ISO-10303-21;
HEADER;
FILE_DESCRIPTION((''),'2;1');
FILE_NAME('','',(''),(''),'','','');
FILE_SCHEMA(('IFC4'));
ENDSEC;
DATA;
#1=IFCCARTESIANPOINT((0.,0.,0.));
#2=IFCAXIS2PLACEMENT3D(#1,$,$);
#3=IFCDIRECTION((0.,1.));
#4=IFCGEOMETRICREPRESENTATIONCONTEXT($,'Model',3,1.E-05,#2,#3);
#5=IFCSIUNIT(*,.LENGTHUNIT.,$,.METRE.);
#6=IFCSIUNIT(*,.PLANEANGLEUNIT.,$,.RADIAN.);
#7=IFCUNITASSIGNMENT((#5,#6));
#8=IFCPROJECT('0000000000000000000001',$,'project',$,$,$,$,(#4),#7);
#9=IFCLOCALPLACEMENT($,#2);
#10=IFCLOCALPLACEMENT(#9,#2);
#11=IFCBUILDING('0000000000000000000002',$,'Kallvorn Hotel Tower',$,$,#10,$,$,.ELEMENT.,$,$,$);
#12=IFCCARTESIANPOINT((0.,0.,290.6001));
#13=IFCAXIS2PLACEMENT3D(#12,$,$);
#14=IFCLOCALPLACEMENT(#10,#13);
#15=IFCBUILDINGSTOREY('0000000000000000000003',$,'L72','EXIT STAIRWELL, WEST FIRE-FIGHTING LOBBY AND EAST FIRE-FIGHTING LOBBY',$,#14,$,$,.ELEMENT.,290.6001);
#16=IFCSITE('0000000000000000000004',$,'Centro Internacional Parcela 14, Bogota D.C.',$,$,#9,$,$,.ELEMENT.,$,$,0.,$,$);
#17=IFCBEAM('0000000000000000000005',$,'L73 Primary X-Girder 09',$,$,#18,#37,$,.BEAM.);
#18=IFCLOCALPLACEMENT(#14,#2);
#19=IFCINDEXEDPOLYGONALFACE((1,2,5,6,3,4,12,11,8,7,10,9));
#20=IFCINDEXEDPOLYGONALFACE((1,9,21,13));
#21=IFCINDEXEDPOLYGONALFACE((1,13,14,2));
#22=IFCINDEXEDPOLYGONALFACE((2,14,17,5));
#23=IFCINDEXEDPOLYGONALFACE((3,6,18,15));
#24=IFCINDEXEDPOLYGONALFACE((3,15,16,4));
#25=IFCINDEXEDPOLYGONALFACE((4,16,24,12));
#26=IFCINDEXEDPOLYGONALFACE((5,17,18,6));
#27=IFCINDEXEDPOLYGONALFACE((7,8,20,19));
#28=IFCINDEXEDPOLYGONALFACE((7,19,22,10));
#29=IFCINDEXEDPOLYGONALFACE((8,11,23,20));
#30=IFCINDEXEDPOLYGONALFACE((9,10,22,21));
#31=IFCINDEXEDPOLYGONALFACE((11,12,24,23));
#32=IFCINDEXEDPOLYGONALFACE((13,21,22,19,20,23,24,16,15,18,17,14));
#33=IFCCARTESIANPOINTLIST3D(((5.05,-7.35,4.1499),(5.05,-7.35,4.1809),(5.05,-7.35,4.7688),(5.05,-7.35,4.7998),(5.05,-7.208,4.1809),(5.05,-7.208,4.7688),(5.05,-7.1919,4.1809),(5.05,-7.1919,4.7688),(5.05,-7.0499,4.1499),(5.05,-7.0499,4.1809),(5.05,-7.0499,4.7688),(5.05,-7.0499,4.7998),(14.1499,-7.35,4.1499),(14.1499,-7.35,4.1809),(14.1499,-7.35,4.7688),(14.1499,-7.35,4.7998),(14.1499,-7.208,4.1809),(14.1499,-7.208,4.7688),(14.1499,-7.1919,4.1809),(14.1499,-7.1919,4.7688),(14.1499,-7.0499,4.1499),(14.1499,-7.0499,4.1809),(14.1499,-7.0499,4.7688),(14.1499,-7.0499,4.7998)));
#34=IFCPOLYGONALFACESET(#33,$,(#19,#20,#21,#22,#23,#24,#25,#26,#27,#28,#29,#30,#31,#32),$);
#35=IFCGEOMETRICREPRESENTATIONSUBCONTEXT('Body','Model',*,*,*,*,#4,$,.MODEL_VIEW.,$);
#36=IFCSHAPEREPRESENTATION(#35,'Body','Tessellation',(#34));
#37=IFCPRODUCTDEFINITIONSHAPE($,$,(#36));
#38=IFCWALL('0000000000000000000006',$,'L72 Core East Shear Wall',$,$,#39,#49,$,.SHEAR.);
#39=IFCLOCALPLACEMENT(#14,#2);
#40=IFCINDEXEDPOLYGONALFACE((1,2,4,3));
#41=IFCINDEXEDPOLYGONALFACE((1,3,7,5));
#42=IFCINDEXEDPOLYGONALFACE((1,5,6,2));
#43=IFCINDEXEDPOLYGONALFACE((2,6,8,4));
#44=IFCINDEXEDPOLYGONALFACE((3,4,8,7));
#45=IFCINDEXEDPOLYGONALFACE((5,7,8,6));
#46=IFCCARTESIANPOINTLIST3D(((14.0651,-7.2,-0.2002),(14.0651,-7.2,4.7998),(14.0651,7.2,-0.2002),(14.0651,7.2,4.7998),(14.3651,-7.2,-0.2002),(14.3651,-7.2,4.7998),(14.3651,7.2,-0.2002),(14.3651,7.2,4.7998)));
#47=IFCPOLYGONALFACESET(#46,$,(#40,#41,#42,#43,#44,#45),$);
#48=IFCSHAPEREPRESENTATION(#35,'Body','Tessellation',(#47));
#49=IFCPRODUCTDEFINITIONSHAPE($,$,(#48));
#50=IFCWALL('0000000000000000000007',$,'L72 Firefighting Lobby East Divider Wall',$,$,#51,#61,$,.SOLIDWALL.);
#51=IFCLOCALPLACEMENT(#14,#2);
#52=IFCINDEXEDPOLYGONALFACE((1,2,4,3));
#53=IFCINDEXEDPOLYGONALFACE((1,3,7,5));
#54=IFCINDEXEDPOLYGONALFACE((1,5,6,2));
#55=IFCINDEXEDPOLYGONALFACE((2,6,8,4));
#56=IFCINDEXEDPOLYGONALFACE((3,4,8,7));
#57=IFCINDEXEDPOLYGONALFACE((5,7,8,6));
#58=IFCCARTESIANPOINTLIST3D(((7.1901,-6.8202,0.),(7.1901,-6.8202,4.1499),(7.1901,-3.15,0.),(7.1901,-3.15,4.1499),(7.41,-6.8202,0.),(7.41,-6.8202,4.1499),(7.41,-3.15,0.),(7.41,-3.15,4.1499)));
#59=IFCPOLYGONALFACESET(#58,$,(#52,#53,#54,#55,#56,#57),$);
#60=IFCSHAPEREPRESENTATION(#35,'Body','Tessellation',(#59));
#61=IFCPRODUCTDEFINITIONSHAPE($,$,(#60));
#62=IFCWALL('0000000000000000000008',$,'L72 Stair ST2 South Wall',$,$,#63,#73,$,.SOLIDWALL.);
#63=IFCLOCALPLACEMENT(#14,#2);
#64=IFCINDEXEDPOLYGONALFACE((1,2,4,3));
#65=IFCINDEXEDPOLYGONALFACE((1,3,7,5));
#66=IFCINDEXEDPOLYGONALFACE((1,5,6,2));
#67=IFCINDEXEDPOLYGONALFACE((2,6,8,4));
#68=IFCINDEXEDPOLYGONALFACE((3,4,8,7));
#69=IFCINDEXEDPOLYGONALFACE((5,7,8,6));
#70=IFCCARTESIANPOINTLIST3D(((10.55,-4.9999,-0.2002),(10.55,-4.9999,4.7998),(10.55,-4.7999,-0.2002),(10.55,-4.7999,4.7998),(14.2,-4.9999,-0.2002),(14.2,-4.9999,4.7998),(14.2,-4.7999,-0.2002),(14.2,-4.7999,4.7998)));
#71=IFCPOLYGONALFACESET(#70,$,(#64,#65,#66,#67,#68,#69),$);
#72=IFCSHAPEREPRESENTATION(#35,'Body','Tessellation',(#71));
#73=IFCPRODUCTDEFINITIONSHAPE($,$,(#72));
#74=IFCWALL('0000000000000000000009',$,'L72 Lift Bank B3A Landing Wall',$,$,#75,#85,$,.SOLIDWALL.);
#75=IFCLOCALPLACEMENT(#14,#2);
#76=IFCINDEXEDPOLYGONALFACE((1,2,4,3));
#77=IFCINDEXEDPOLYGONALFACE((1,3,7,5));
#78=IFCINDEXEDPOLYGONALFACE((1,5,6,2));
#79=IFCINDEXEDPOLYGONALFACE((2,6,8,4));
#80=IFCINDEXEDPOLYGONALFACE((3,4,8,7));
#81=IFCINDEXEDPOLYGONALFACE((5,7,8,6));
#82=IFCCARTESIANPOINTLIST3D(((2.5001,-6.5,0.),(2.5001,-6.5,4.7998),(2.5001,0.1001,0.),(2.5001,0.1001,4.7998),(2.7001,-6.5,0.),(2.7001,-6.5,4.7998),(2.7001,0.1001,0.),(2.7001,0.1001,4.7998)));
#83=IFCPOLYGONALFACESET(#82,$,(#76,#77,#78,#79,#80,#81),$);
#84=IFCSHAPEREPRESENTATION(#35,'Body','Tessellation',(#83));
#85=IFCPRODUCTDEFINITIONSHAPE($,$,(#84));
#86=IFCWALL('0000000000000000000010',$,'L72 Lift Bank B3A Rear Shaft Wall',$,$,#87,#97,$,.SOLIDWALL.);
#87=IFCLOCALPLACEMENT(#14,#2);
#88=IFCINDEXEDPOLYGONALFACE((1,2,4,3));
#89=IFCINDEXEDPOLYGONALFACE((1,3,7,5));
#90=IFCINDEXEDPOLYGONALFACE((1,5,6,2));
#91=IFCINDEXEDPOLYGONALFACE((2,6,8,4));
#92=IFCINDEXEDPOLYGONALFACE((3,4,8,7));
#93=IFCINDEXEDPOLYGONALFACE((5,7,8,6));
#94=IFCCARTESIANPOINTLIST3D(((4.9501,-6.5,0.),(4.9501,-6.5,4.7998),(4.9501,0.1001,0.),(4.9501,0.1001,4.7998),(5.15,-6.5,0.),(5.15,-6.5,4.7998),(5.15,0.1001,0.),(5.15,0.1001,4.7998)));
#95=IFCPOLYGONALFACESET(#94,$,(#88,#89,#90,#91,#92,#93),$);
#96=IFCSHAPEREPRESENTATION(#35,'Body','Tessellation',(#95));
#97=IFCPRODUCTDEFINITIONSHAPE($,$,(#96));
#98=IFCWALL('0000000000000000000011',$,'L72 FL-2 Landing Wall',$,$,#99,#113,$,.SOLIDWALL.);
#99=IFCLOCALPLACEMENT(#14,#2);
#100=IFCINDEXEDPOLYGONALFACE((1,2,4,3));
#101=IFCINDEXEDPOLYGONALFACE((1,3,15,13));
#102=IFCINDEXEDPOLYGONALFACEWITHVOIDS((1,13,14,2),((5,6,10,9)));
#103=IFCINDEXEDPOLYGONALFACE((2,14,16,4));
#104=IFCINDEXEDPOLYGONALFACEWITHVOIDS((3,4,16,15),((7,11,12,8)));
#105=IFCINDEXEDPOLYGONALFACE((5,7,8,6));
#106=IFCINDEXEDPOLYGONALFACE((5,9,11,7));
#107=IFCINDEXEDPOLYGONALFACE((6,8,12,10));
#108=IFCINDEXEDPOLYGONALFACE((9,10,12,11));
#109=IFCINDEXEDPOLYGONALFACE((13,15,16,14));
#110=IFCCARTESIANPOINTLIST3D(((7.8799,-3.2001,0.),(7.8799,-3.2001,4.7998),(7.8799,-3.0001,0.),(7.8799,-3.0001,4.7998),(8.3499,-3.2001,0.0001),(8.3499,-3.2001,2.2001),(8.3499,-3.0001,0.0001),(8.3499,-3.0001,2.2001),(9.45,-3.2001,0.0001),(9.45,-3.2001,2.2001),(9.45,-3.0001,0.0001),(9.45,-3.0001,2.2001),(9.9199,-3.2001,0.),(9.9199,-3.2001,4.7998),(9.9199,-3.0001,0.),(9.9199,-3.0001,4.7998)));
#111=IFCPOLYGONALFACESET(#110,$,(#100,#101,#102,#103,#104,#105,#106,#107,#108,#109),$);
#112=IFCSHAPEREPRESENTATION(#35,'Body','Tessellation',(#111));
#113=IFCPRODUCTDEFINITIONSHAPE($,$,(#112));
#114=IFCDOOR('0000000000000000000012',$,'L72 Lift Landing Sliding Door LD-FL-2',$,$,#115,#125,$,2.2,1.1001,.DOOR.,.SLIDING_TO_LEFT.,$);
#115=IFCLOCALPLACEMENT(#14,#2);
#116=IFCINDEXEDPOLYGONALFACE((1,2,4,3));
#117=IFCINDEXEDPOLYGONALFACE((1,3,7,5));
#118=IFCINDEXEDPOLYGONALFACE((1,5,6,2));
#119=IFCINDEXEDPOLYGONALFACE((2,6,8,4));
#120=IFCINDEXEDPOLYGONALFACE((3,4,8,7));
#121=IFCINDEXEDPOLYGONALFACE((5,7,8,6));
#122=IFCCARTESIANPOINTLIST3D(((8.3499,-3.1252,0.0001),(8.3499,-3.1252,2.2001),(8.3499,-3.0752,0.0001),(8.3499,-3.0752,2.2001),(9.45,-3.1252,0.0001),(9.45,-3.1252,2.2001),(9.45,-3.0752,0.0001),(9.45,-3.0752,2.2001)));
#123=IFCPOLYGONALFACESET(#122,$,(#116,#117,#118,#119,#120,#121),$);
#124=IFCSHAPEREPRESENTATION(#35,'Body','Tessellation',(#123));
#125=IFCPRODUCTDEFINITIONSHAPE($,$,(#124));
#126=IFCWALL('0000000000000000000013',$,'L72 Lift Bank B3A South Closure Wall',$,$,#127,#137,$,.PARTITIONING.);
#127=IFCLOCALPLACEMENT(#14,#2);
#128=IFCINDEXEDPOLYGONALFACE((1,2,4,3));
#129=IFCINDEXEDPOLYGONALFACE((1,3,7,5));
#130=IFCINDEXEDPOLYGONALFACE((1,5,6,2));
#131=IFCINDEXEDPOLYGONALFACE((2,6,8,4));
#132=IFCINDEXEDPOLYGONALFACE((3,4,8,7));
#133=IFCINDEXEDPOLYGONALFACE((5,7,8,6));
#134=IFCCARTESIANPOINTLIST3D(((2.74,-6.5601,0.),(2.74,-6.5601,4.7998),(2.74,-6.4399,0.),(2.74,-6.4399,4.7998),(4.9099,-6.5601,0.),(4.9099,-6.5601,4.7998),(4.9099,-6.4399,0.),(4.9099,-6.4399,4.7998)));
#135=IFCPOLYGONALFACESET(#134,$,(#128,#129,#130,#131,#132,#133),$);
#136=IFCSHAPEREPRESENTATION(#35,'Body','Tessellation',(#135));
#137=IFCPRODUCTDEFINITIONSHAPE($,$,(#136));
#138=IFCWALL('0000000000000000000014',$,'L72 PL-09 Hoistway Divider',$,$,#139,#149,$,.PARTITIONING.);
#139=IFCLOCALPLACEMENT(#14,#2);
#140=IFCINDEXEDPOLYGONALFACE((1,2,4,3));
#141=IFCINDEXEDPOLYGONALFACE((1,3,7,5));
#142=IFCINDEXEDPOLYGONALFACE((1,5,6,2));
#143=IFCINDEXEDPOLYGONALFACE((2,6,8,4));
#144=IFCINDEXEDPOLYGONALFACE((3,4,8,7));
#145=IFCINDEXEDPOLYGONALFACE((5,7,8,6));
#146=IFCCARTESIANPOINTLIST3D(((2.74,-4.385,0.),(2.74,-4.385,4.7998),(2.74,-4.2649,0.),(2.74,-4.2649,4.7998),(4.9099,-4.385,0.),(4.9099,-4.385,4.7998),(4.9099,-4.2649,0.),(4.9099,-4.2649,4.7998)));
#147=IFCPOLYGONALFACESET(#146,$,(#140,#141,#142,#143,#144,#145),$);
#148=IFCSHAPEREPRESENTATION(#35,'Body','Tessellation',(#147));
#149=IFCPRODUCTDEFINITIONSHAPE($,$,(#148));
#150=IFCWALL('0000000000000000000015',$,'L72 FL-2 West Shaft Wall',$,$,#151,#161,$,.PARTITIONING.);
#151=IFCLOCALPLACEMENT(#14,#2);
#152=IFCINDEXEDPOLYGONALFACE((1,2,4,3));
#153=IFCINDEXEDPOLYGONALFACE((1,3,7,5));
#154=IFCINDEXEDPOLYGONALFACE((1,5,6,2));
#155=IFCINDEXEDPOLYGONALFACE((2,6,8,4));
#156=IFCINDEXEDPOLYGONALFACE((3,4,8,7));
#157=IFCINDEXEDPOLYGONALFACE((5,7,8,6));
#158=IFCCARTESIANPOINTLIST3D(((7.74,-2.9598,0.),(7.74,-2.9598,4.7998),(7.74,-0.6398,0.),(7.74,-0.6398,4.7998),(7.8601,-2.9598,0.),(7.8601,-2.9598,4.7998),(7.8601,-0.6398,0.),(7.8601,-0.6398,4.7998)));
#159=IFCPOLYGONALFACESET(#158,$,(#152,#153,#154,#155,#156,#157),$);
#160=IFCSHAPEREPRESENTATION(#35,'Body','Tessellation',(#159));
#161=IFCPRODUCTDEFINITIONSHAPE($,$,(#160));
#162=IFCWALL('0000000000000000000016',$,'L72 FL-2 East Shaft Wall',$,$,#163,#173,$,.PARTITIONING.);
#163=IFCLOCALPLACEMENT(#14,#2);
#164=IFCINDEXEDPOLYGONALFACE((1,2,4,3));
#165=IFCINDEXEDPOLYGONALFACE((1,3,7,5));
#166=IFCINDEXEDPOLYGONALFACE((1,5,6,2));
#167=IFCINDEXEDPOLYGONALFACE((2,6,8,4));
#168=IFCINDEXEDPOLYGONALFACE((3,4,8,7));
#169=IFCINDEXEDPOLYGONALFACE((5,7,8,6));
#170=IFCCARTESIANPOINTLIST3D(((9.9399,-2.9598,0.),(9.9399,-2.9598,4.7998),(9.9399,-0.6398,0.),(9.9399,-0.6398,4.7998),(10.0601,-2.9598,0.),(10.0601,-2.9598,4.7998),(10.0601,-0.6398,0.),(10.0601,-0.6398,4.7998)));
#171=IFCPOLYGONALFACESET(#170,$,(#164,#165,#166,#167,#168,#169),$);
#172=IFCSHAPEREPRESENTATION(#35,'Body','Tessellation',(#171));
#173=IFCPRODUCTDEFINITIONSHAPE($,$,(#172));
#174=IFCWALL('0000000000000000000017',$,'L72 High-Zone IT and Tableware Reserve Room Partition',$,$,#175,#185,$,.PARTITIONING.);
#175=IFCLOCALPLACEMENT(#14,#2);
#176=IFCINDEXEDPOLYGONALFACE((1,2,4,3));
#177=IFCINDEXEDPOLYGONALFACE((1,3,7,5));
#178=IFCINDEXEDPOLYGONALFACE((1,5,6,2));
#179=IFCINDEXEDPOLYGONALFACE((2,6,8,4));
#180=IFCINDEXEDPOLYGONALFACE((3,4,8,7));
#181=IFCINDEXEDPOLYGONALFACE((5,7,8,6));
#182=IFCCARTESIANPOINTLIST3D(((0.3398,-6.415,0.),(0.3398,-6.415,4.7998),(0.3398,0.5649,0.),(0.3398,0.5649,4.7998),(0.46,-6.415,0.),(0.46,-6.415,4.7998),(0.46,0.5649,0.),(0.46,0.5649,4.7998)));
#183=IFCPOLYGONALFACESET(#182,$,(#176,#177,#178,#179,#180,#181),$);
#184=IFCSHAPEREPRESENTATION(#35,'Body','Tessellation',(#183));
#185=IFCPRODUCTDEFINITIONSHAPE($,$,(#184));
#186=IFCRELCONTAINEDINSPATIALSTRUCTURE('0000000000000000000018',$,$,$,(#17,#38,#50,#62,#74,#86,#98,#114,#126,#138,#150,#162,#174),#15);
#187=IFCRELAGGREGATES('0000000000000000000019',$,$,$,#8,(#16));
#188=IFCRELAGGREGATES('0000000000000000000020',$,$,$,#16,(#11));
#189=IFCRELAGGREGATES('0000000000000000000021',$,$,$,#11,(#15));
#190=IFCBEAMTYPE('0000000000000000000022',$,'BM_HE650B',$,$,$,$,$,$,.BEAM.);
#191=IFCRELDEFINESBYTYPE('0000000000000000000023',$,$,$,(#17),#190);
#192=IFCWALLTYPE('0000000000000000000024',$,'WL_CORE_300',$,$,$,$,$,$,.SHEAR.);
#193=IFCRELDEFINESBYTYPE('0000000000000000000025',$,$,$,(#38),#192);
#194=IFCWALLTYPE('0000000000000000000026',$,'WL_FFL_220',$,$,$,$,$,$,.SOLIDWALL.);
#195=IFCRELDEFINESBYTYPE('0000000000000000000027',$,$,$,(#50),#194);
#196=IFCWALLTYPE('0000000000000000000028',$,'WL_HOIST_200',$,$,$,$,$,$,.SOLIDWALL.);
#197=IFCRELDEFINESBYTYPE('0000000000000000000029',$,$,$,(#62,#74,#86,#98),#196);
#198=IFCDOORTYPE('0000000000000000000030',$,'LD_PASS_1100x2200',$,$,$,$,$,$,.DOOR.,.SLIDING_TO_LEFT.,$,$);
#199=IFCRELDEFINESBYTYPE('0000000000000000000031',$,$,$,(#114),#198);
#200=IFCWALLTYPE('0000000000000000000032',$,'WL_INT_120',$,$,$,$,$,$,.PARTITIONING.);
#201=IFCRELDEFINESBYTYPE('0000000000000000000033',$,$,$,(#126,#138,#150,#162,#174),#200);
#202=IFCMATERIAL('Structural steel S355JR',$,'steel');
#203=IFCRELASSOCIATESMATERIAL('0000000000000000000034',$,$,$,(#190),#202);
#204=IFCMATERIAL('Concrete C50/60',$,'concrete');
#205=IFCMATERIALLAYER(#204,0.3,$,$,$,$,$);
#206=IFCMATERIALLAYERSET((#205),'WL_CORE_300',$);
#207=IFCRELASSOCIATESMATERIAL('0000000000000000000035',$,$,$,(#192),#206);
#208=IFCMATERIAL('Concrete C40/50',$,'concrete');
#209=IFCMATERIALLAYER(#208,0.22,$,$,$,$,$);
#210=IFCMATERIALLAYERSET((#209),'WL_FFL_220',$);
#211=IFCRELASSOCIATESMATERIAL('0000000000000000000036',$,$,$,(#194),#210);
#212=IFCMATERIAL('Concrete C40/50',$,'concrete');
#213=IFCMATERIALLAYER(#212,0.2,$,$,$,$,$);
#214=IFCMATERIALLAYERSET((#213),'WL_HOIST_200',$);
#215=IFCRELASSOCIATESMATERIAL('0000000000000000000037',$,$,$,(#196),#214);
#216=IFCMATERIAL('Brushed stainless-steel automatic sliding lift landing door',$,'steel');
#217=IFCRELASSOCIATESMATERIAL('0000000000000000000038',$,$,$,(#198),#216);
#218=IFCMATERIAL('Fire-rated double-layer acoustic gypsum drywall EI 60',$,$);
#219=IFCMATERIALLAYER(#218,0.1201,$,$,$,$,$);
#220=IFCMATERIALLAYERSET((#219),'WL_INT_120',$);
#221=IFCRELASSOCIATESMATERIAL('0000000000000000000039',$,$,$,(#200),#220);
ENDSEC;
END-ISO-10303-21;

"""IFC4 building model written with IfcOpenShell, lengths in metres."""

from ifc_helpers import new_model, si_unit, direction, frame, frame_2d, origin, origin_2d, place, context, subcontext, project, spatial, rectangle, i_section, extrude, material, layer, layer_set, material_profile, profile_set, type_object, element, fill, save


model = new_model("IFC4")

# Units and contexts
model_context = context("Model", 3, precision=1e-05, world=origin(), true_north=direction((0.0, 1.0)))
body_context = subcontext(model_context, "Body", "Model", "MODEL_VIEW")
ifc_project = project(units=[si_unit("LENGTHUNIT", "METRE"), si_unit("PLANEANGLEUNIT", "RADIAN")], contexts=[model_context])

# Site, building, storey
site_placement = place(None, origin())
site = spatial("IfcSite", under=ifc_project, at=site_placement, Name="Centro Internacional Parcela 14, Bogota D.C.", CompositionType="ELEMENT", RefElevation=0.0)
building_placement = place(site_placement, origin())
building = spatial("IfcBuilding", under=site, at=building_placement, Name="Kallvorn Hotel Tower", CompositionType="ELEMENT")
storey_placement = place(building_placement, frame((0.0, 0.0, 290.6001)))
storey = spatial("IfcBuildingStorey", under=building, at=storey_placement, Name="L72", Description="EXIT STAIRWELL, WEST FIRE-FIGHTING LOBBY AND EAST FIRE-FIGHTING LOBBY", CompositionType="ELEMENT", Elevation=290.6001)

# Beam
ifc_material_1 = material(Name="Structural steel S355JR", Category="steel")
ifc_material_profile = material_profile(ifc_material_1, i_section(OverallWidth=0.3, OverallDepth=0.6499, WebThickness=0.0161, FlangeThickness=0.031, at=origin_2d()), Name="HE 650 B")
ifc_profile_set = profile_set([ifc_material_profile], Name="Structural steel S355JR")
beam_type = type_object("IfcBeamType", Name="BM_HE650B", PredefinedType="BEAM", material=ifc_profile_set)
beam_placement = place(storey_placement, frame((5.05, -7.2, 4.4749), z_axis=(1.0, 0.0, 0.0), x_axis=(0.0, 1.0, 0.0)))
element("IfcBeam", 1, at=beam_placement, inside=storey, type_object=beam_type, Name="L73 Primary X-Girder 09", PredefinedType="BEAM", context=body_context, shape_type="SweptSolid", body=[
    extrude(i_section(OverallWidth=0.3, OverallDepth=0.6499, WebThickness=0.0161, FlangeThickness=0.031, at=origin_2d()), origin(), (0.0, 0.0, 1.0), 9.0999),
])

# Walls
ifc_material_2 = material(Name="Concrete C50/60", Category="concrete")
ifc_layer_1 = layer(ifc_material_2, 0.3)
ifc_layer_set_1 = layer_set([ifc_layer_1], Name="WL_CORE_300")
wall_type_1 = type_object("IfcWallType", Name="WL_CORE_300", PredefinedType="SHEAR", material=ifc_layer_set_1)
wall_1_placement = place(storey_placement, frame((14.2151, -7.2, -0.2002), z_axis=(0.0, 0.0, 1.0), x_axis=(0.0, 1.0, 0.0)))
element("IfcWall", 2, at=wall_1_placement, inside=storey, type_object=wall_type_1, Name="L72 Core East Shear Wall", PredefinedType="SHEAR", context=body_context, shape_type="SweptSolid", body=[
    extrude(rectangle(XDim=14.3999, YDim=0.3, at=frame_2d((7.2, 0.0))), origin(), (0.0, 0.0, 1.0), 5.0),
])
ifc_material_3 = material(Name="Concrete C40/50", Category="concrete")
ifc_layer_2 = layer(ifc_material_3, 0.22)
ifc_layer_set_2 = layer_set([ifc_layer_2], Name="WL_FFL_220")
wall_type_2 = type_object("IfcWallType", Name="WL_FFL_220", PredefinedType="SOLIDWALL", material=ifc_layer_set_2)
wall_2_placement = place(storey_placement, frame((7.3, -6.8201, 0.0), z_axis=(0.0, 0.0, 1.0), x_axis=(0.0, 1.0, 0.0)))
element("IfcWall", 3, at=wall_2_placement, inside=storey, type_object=wall_type_2, Name="L72 Firefighting Lobby East Divider Wall", PredefinedType="SOLIDWALL", context=body_context, shape_type="SweptSolid", body=[
    extrude(rectangle(XDim=3.6702, YDim=0.22, at=frame_2d((1.835, 0.0))), origin(), (0.0, 0.0, 1.0), 4.1499),
])
ifc_material_4 = material(Name="Concrete C40/50", Category="concrete")
ifc_layer_3 = layer(ifc_material_4, 0.2)
ifc_layer_set_3 = layer_set([ifc_layer_3], Name="WL_HOIST_200")
wall_type_3 = type_object("IfcWallType", Name="WL_HOIST_200", PredefinedType="SOLIDWALL", material=ifc_layer_set_3)
wall_3_placement = place(storey_placement, frame((10.55, -4.8999, -0.2002), z_axis=(0.0, 0.0, 1.0), x_axis=(1.0, 0.0, 0.0)))
element("IfcWall", 4, at=wall_3_placement, inside=storey, type_object=wall_type_3, Name="L72 Stair ST2 South Wall", PredefinedType="SOLIDWALL", context=body_context, shape_type="SweptSolid", body=[
    extrude(rectangle(XDim=3.6499, YDim=0.2, at=frame_2d((1.825, 0.0))), origin(), (0.0, 0.0, 1.0), 5.0),
])
for number, where, z_axis, x_axis, name in (
    (5, (2.6001, -6.5, 0.0), (0.0, 0.0, 1.0), (0.0, 1.0, 0.0), "L72 Lift Bank B3A Landing Wall"),
    (6, (5.05, -6.5, 0.0), (0.0, 0.0, 1.0), (0.0, 1.0, 0.0), "L72 Lift Bank B3A Rear Shaft Wall"),
):
    element("IfcWall", number, at=place(storey_placement, frame(where, z_axis=z_axis, x_axis=x_axis)), inside=storey, type_object=wall_type_3, Name=name, PredefinedType="SOLIDWALL", context=body_context, shape_type="SweptSolid", body=[
        extrude(rectangle(XDim=6.6001, YDim=0.2, at=frame_2d((3.3, 0.0))), origin(), (0.0, 0.0, 1.0), 4.7998),
    ])

# Wall, opening, door
wall_4_placement = place(storey_placement, frame((7.8799, -3.1001, 0.0), z_axis=(0.0, 0.0, 1.0), x_axis=(1.0, 0.0, 0.0)))
wall_4 = element("IfcWall", 7, at=wall_4_placement, inside=storey, type_object=wall_type_3, Name="L72 FL-2 Landing Wall", PredefinedType="SOLIDWALL", context=body_context, shape_type="SweptSolid", body=[
    extrude(rectangle(XDim=2.04, YDim=0.2, at=frame_2d((1.02, 0.0))), origin(), (0.0, 0.0, 1.0), 4.7998),
])
opening_1_placement = place(wall_4_placement, frame((0.47, 0.0, 0.0)))
opening_1 = element("IfcOpeningElement", 8, at=opening_1_placement, cuts=wall_4, PredefinedType="OPENING", context=body_context, shape_type="SweptSolid", body=[
    extrude(rectangle(XDim=1.1001, YDim=2.2, at=frame_2d((0.55, 1.1001))), frame((0.0, 0.115, 0.0), z_axis=(0.0, -1.0, 0.0), x_axis=(1.0, 0.0, 0.0)), (0.0, 0.0, 1.0), 0.23),
])
ifc_material_5 = material(Name="Brushed stainless-steel automatic sliding lift landing door", Category="steel")
door_type_1 = type_object("IfcDoorType", Name="LD_PASS_1100x2200", OperationType="SLIDING_TO_LEFT", PredefinedType="DOOR", material=ifc_material_5)
door_1_placement = place(opening_1_placement, origin())
door_1 = element("IfcDoor", 9, at=door_1_placement, inside=storey, type_object=door_type_1, Name="L72 Lift Landing Sliding Door LD-FL-2", OperationType="SLIDING_TO_LEFT", OverallHeight=2.2, OverallWidth=1.1001, PredefinedType="DOOR", context=body_context, shape_type="SweptSolid", body=[
    extrude(rectangle(XDim=1.1001, YDim=2.2, at=frame_2d((0.55, 1.1001))), frame((0.0, 0.0249, 0.0), z_axis=(0.0, -1.0, 0.0), x_axis=(1.0, 0.0, 0.0)), (0.0, 0.0, 1.0), 0.05),
])
fill(opening_1, door_1)

# Walls
ifc_material_6 = material(Name="Fire-rated double-layer acoustic gypsum drywall EI 60")
ifc_layer_4 = layer(ifc_material_6, 0.1201)
ifc_layer_set_4 = layer_set([ifc_layer_4], Name="WL_INT_120")
wall_type_4 = type_object("IfcWallType", Name="WL_INT_120", PredefinedType="PARTITIONING", material=ifc_layer_set_4)
for number, where, z_axis, x_axis, name in (
    (10, (2.74, -6.5, 0.0), (0.0, 0.0, 1.0), (1.0, 0.0, 0.0), "L72 Lift Bank B3A South Closure Wall"),
    (11, (2.74, -4.325, 0.0), (0.0, 0.0, 1.0), (1.0, 0.0, 0.0), "L72 PL-09 Hoistway Divider"),
):
    element("IfcWall", number, at=place(storey_placement, frame(where, z_axis=z_axis, x_axis=x_axis)), inside=storey, type_object=wall_type_4, Name=name, PredefinedType="PARTITIONING", context=body_context, shape_type="SweptSolid", body=[
        extrude(rectangle(XDim=2.1699, YDim=0.1201, at=frame_2d((1.085, 0.0))), origin(), (0.0, 0.0, 1.0), 4.7998),
    ])
for number, where, z_axis, x_axis, name in (
    (12, (7.8, -2.96, 0.0), (0.0, 0.0, 1.0), (0.0, 1.0, 0.0), "L72 FL-2 West Shaft Wall"),
    (13, (10.0, -2.96, 0.0), (0.0, 0.0, 1.0), (0.0, 1.0, 0.0), "L72 FL-2 East Shaft Wall"),
):
    element("IfcWall", number, at=place(storey_placement, frame(where, z_axis=z_axis, x_axis=x_axis)), inside=storey, type_object=wall_type_4, Name=name, PredefinedType="PARTITIONING", context=body_context, shape_type="SweptSolid", body=[
        extrude(rectangle(XDim=2.3201, YDim=0.1201, at=frame_2d((1.1602, 0.0))), origin(), (0.0, 0.0, 1.0), 4.7998),
    ])
wall_5_placement = place(storey_placement, frame((0.3999, -6.415, 0.0), z_axis=(0.0, 0.0, 1.0), x_axis=(0.0, 1.0, 0.0)))
element("IfcWall", 14, at=wall_5_placement, inside=storey, type_object=wall_type_4, Name="L72 High-Zone IT and Tableware Reserve Room Partition", PredefinedType="PARTITIONING", context=body_context, shape_type="SweptSolid", body=[
    extrude(rectangle(XDim=6.98, YDim=0.1201, at=frame_2d((3.49, 0.0))), origin(), (0.0, 0.0, 1.0), 4.7998),
])

save(model, "model.ifc")
